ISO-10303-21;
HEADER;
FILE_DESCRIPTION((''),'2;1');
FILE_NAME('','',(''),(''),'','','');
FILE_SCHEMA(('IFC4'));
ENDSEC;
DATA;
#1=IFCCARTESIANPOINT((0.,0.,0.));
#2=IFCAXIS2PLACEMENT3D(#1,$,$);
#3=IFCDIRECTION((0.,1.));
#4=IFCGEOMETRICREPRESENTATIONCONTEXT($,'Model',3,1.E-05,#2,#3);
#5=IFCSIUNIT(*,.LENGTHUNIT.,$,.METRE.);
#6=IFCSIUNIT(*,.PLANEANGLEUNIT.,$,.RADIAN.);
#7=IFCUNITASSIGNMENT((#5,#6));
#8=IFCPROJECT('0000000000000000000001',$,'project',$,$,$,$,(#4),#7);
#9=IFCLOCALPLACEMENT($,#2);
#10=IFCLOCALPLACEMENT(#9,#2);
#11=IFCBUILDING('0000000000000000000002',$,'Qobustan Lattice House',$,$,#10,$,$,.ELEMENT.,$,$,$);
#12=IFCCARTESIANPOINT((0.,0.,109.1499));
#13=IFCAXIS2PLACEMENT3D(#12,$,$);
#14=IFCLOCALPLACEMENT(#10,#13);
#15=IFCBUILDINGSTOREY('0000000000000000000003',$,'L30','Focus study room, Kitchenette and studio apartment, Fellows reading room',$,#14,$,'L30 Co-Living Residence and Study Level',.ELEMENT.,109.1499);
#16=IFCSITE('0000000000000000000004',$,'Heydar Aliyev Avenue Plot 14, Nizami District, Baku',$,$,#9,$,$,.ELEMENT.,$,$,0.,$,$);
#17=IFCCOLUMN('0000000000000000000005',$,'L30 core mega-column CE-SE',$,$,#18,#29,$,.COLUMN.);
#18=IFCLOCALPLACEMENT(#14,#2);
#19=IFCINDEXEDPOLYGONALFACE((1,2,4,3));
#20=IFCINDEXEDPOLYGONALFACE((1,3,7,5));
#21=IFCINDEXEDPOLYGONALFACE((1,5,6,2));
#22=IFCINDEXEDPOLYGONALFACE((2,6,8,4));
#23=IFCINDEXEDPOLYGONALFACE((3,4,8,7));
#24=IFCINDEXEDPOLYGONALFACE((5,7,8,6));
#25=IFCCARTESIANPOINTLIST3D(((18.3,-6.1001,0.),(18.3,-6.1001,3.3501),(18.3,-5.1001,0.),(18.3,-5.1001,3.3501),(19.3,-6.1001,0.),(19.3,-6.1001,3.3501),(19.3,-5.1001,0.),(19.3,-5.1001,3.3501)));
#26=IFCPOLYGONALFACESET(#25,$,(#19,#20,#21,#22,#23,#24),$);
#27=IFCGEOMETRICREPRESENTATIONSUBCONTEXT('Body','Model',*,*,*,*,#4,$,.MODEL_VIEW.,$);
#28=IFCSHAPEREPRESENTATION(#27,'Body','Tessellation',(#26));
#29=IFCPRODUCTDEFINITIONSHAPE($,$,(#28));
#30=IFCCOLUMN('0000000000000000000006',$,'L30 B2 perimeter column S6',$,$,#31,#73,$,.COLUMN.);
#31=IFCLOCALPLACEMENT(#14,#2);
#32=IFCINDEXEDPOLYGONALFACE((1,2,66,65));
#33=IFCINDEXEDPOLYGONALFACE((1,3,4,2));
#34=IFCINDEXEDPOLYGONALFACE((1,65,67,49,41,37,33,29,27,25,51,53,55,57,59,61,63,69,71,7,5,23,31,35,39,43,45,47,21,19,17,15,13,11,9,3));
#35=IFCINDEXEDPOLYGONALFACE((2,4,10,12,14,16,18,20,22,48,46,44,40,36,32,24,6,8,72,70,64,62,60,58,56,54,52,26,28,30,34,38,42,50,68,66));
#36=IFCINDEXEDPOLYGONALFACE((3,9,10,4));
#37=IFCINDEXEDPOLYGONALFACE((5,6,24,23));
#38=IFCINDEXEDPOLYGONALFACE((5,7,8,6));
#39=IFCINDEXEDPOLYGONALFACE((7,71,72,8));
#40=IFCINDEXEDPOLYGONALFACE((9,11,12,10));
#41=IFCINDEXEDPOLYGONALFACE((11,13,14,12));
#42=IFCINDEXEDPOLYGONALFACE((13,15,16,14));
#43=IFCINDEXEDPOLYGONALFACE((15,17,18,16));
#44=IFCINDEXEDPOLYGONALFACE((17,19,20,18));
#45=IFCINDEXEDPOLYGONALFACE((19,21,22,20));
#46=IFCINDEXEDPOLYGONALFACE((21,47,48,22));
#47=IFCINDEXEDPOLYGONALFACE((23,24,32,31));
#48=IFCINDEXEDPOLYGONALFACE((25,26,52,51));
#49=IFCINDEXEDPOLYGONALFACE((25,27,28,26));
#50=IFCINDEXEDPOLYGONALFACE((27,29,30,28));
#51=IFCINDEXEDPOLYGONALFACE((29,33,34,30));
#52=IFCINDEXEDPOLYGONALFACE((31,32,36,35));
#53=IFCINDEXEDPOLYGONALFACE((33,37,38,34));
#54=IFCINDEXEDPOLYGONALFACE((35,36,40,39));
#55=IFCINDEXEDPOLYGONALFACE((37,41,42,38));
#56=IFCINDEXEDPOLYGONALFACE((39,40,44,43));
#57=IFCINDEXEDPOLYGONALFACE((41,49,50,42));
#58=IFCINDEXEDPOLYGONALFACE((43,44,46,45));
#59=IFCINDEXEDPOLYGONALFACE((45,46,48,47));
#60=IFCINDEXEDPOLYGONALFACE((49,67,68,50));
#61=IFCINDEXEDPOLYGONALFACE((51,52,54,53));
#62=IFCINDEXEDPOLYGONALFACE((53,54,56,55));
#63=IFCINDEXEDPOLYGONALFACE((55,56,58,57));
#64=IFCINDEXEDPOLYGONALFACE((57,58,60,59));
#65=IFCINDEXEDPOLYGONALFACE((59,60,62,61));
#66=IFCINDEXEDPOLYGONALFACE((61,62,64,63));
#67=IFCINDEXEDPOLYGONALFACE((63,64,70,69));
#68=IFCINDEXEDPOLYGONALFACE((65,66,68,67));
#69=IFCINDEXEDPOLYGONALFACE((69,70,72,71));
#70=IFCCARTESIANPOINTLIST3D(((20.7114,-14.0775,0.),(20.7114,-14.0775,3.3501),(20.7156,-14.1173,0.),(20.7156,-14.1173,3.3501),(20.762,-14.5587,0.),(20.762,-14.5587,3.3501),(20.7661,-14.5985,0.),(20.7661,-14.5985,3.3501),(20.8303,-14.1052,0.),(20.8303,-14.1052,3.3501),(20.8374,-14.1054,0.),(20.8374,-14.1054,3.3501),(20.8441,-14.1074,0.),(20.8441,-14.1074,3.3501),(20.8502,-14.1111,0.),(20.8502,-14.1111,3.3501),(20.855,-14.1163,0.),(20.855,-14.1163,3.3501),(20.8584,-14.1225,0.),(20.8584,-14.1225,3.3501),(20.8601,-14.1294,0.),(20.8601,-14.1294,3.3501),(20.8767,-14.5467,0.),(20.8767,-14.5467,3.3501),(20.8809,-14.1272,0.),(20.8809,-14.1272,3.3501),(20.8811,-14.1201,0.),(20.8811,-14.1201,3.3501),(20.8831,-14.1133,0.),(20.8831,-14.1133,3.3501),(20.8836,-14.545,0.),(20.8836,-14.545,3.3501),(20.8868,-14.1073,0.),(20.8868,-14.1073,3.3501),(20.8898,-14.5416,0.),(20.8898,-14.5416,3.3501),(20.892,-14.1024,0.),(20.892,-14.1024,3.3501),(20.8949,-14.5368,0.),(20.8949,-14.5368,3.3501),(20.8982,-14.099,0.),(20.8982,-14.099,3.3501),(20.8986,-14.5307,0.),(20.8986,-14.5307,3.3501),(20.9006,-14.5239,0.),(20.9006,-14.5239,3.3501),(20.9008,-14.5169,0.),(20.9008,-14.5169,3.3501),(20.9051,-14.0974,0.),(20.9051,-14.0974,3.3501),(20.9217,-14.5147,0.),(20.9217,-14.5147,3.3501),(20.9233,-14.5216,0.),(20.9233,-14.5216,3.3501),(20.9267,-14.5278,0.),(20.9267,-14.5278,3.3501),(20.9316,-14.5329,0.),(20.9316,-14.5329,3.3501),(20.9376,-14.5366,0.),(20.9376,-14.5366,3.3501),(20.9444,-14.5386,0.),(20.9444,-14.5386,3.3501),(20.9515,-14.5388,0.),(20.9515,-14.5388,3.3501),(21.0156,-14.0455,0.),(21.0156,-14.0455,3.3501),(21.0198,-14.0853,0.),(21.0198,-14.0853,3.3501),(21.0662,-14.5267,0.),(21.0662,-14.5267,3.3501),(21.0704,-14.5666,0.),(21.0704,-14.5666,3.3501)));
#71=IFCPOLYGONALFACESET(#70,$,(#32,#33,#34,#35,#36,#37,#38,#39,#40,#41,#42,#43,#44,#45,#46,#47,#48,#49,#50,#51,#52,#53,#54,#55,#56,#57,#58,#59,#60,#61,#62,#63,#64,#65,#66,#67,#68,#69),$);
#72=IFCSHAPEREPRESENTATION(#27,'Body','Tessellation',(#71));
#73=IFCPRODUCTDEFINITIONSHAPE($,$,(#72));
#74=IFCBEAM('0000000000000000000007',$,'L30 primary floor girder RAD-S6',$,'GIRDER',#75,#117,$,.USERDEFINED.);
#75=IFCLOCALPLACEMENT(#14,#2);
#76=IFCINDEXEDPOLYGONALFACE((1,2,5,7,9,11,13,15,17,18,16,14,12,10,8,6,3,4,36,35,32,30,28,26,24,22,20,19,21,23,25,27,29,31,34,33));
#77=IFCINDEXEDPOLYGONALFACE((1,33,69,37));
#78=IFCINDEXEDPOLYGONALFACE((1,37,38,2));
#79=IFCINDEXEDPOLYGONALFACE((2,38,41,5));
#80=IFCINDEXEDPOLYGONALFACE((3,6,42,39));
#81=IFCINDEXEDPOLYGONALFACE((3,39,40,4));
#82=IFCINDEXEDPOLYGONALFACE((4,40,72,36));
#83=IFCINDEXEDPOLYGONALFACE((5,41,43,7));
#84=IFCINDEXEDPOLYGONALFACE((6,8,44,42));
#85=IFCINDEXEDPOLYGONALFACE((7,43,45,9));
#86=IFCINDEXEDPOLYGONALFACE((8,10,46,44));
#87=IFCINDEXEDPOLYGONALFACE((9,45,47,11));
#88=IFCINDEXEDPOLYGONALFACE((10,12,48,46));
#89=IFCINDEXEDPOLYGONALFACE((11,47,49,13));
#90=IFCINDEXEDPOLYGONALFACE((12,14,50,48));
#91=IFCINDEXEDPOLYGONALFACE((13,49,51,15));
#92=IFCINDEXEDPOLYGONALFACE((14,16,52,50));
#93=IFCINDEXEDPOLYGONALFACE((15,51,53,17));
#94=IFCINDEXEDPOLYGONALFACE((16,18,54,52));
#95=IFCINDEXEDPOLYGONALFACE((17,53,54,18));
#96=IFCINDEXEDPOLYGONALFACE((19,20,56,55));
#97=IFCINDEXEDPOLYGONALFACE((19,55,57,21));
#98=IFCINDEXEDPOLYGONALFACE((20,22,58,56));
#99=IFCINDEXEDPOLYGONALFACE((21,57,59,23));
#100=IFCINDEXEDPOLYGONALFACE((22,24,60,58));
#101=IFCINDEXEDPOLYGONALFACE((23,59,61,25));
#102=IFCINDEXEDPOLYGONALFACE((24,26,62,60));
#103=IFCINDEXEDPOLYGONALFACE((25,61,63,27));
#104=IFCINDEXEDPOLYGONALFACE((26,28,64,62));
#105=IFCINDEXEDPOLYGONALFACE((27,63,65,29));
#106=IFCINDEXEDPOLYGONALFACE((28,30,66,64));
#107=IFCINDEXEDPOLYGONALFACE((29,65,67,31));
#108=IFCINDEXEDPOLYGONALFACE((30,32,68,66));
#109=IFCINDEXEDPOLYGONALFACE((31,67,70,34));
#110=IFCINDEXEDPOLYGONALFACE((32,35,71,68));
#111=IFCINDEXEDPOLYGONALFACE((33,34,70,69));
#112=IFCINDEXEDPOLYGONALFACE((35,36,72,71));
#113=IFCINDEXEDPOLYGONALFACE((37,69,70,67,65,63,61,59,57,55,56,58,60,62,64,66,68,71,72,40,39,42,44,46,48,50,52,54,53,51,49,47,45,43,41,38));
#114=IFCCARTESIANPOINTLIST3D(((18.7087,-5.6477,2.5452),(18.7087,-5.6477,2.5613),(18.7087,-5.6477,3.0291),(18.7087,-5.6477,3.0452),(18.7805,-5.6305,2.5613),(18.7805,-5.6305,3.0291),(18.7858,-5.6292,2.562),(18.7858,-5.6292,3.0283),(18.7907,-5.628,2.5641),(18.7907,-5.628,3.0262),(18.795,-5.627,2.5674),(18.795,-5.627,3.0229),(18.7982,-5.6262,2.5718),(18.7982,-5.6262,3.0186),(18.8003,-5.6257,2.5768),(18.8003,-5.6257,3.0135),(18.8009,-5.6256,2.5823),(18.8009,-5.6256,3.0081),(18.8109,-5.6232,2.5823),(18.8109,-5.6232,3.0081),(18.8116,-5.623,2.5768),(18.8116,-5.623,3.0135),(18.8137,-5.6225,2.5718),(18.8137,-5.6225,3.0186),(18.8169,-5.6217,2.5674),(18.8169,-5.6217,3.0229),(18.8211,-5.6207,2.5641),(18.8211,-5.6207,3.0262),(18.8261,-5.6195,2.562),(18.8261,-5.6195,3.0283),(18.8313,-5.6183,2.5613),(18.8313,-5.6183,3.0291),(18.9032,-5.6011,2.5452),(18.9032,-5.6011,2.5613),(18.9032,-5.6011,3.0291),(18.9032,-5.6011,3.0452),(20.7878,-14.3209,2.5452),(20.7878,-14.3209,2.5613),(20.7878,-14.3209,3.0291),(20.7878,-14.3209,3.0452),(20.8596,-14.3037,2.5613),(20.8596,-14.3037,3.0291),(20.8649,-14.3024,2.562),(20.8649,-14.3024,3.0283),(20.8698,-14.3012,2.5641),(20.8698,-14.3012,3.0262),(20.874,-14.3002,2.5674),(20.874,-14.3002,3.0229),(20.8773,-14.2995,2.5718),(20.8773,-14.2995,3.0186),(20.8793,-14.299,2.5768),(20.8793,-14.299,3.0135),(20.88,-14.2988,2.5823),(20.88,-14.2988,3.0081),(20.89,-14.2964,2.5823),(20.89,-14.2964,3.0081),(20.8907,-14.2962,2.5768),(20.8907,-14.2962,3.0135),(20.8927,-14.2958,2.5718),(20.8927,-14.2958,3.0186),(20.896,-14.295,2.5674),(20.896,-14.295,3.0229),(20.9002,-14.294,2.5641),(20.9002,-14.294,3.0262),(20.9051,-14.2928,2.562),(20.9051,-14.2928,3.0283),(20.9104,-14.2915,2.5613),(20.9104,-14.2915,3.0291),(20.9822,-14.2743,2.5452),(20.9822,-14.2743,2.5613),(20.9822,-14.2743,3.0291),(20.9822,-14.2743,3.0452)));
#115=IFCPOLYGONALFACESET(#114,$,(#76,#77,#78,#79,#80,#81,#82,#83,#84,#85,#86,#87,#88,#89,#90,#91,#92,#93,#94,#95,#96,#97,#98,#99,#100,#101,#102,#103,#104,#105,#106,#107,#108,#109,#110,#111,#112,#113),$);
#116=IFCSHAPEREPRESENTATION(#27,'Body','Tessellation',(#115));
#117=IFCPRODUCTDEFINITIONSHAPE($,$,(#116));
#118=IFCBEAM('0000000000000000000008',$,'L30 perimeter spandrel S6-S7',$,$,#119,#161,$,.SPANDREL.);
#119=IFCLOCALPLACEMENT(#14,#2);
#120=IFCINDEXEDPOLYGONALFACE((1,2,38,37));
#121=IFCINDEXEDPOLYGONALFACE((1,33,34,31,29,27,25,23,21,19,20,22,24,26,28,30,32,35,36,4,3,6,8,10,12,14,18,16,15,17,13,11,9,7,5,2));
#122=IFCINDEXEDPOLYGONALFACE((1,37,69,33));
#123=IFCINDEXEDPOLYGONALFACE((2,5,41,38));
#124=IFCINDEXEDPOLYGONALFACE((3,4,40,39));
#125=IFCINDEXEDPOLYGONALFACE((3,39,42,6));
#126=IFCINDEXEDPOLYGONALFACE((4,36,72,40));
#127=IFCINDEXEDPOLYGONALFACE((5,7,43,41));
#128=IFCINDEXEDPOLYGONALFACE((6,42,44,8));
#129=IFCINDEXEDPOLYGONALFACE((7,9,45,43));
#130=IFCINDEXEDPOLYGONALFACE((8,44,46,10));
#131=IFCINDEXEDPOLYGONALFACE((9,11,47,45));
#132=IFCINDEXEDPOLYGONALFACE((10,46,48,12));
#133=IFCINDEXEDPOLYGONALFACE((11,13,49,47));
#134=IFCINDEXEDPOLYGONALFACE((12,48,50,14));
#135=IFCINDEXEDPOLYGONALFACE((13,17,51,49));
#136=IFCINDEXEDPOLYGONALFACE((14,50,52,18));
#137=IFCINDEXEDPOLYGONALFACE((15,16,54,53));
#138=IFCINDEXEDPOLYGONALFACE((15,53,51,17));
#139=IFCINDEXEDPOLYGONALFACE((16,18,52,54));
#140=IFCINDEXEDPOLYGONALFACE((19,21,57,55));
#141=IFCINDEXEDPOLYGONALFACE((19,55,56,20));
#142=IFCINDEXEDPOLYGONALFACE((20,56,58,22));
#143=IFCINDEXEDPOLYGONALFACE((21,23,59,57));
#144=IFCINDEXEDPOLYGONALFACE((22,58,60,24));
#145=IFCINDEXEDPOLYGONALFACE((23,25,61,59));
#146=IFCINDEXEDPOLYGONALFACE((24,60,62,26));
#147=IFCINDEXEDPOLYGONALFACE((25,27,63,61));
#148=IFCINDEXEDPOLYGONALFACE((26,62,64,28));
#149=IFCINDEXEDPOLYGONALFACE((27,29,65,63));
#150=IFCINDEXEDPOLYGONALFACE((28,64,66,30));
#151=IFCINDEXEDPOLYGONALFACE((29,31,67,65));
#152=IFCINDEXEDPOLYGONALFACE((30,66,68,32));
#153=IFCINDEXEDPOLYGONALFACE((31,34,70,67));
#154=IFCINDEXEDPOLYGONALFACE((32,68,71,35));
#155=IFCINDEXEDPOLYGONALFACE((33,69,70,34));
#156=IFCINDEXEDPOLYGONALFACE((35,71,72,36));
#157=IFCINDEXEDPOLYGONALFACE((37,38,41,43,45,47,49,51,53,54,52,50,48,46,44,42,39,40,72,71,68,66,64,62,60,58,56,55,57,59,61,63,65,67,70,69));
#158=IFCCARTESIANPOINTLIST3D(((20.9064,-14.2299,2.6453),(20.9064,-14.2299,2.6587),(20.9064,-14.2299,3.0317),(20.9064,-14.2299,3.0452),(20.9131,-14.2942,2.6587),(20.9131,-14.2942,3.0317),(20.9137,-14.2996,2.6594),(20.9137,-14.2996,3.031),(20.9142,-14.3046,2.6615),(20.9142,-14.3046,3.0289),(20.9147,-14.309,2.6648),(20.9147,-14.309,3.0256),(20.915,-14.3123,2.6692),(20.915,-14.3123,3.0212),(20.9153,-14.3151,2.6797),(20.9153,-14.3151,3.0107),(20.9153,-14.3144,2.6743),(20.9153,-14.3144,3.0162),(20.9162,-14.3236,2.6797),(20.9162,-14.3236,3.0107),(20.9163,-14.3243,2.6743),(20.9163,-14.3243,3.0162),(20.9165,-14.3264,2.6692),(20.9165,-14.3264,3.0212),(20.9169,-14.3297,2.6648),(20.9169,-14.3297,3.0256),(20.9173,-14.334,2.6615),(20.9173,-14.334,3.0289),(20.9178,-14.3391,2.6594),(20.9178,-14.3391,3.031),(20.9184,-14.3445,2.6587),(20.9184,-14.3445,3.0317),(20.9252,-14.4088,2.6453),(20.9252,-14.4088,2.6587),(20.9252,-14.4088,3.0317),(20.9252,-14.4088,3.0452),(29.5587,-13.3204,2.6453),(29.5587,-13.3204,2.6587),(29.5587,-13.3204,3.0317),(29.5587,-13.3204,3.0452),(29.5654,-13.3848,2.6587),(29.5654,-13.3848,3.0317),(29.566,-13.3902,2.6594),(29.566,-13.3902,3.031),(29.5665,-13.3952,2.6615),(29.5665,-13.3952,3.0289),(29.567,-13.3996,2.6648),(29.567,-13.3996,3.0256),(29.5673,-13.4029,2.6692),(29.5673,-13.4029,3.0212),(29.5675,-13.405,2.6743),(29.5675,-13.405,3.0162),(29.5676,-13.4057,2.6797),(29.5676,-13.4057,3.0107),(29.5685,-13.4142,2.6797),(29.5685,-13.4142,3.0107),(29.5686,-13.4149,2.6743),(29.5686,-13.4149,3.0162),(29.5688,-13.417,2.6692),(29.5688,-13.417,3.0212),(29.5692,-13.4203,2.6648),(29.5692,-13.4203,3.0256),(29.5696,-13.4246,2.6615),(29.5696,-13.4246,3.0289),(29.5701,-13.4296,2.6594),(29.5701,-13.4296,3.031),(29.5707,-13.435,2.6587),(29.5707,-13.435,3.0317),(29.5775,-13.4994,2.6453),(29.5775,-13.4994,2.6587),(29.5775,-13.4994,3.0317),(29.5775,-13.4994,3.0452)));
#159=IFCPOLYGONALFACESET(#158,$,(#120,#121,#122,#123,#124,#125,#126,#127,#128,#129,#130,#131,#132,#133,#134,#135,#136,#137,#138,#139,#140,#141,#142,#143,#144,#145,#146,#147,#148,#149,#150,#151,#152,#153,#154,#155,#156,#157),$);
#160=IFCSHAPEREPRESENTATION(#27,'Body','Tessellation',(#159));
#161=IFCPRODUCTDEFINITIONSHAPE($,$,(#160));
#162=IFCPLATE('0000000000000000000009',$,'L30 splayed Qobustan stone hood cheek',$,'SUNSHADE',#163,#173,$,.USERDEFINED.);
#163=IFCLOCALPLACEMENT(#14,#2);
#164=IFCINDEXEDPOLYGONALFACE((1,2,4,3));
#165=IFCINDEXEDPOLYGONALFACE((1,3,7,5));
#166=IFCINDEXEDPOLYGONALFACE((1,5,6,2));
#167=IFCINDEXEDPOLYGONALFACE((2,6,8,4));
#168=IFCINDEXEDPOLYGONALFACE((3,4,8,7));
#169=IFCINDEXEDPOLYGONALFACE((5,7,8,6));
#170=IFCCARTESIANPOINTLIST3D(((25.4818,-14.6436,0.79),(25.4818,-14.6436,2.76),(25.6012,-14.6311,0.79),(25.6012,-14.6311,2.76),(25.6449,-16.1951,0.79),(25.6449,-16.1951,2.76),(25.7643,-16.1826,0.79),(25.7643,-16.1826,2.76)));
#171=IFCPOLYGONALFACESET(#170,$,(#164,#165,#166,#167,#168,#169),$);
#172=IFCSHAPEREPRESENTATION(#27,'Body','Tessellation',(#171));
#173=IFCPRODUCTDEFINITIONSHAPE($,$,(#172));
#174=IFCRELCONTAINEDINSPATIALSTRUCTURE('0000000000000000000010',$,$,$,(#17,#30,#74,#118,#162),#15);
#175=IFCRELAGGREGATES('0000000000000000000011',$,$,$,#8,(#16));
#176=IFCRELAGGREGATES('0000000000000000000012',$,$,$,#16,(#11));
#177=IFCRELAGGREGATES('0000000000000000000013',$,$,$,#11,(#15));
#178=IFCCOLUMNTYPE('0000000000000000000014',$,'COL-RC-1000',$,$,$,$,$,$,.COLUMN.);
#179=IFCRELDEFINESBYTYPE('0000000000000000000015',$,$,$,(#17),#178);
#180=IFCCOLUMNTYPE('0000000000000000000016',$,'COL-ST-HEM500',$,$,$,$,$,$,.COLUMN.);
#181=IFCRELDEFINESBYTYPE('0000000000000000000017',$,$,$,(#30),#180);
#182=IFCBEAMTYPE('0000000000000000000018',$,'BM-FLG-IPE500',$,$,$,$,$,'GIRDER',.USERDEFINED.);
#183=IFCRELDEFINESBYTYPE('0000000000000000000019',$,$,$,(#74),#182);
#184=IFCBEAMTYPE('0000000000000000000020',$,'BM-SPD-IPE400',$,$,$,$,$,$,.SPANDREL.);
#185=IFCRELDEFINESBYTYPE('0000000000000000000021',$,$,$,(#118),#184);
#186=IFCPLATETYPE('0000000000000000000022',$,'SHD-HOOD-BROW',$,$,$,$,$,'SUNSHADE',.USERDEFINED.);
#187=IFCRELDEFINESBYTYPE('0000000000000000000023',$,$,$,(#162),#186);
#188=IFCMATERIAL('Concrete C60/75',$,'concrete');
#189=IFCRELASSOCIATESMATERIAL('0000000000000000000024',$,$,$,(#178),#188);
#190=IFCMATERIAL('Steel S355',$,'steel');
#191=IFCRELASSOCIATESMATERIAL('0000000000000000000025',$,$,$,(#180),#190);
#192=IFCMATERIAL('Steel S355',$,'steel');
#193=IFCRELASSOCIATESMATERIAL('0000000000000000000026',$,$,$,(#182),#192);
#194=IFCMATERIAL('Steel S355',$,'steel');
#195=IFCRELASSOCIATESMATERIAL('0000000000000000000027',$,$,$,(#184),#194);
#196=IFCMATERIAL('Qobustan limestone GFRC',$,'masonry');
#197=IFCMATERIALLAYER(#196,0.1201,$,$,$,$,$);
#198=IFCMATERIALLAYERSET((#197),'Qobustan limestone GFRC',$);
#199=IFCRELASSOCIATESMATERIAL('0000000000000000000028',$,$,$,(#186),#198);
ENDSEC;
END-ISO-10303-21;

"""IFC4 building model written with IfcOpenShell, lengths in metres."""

from ifc_helpers import new_model, si_unit, direction, frame, origin, origin_2d, place, context, subcontext, project, spatial, rectangle, i_section, extrude, material, layer, layer_set, material_profile, profile_set, type_object, element, save


model = new_model("IFC4")

# Units and contexts
model_context = context("Model", 3, precision=1e-05, world=origin(), true_north=direction((0.0, 1.0)))
body_context = subcontext(model_context, "Body", "Model", "MODEL_VIEW")
ifc_project = project(units=[si_unit("LENGTHUNIT", "METRE"), si_unit("PLANEANGLEUNIT", "RADIAN")], contexts=[model_context])

# Site, building, storey
site_placement = place(None, origin())
site = spatial("IfcSite", under=ifc_project, at=site_placement, Name="Heydar Aliyev Avenue Plot 14, Nizami District, Baku", CompositionType="ELEMENT", RefElevation=0.0)
building_placement = place(site_placement, origin())
building = spatial("IfcBuilding", under=site, at=building_placement, Name="Qobustan Lattice House", CompositionType="ELEMENT")
storey_placement = place(building_placement, frame((0.0, 0.0, 109.1499)))
storey = spatial("IfcBuildingStorey", under=building, at=storey_placement, Name="L30", Description="Focus study room, Kitchenette and studio apartment, Fellows reading room", LongName="L30 Co-Living Residence and Study Level", CompositionType="ELEMENT", Elevation=109.1499)

# Columns
ifc_material_1 = material(Name="Concrete C60/75", Category="concrete")
ifc_material_profile_1 = material_profile(ifc_material_1, rectangle(XDim=1.0, YDim=1.0, at=origin_2d()), Name="RC1000x1000")
ifc_profile_set_1 = profile_set([ifc_material_profile_1], Name="Concrete C60/75")
column_type_1 = type_object("IfcColumnType", Name="COL-RC-1000", PredefinedType="COLUMN", material=ifc_profile_set_1)
column_1_placement = place(storey_placement, frame((18.8, -5.6001, 0.0), z_axis=(0.0, 0.0, 1.0), x_axis=(1.0, 0.0, 0.0)))
element("IfcColumn", 1, at=column_1_placement, inside=storey, type_object=column_type_1, Name="L30 core mega-column CE-SE", PredefinedType="COLUMN", context=body_context, shape_type="SweptSolid", body=[
    extrude(rectangle(XDim=1.0, YDim=1.0, at=origin_2d()), origin(), (0.0, 0.0, 1.0), 3.3501),
])
ifc_material_2 = material(Name="Steel S355", Category="steel")
ifc_material_profile_2 = material_profile(ifc_material_2, i_section(OverallWidth=0.3059, OverallDepth=0.5239, WebThickness=0.021, FlangeThickness=0.04, FilletRadius=0.0271, at=origin_2d()), Name="HEM500")
ifc_profile_set_2 = profile_set([ifc_material_profile_2], Name="Steel S355")
column_type_2 = type_object("IfcColumnType", Name="COL-ST-HEM500", PredefinedType="COLUMN", material=ifc_profile_set_2)
column_2_placement = place(storey_placement, frame((20.8909, -14.322, 0.0), z_axis=(0.0, 0.0, 1.0), x_axis=(0.994522, 0.104528, 0.0)))
element("IfcColumn", 2, at=column_2_placement, inside=storey, type_object=column_type_2, Name="L30 B2 perimeter column S6", PredefinedType="COLUMN", context=body_context, shape_type="SweptSolid", body=[
    extrude(i_section(OverallWidth=0.3059, OverallDepth=0.5239, WebThickness=0.021, FlangeThickness=0.04, FilletRadius=0.0271, at=origin_2d()), origin(), (0.0, 0.0, 1.0), 3.3501),
])

# Beams
ifc_material_3 = material(Name="Steel S355", Category="steel")
ifc_material_profile_3 = material_profile(ifc_material_3, i_section(OverallWidth=0.2, OverallDepth=0.5, WebThickness=0.0103, FlangeThickness=0.0161, FilletRadius=0.021, at=origin_2d()), Name="IPE500")
ifc_profile_set_3 = profile_set([ifc_material_profile_3], Name="Steel S355")
beam_type_1 = type_object("IfcBeamType", Name="BM-FLG-IPE500", ElementType="GIRDER", PredefinedType="USERDEFINED", material=ifc_profile_set_3)
beam_1_placement = place(storey_placement, frame((20.885, -14.2976, 2.7952), z_axis=(-0.233108, 0.972451, 0.0), x_axis=(-0.972451, -0.233108, 0.0)))
element("IfcBeam", 3, at=beam_1_placement, inside=storey, type_object=beam_type_1, Name="L30 primary floor girder RAD-S6", ObjectType="GIRDER", PredefinedType="USERDEFINED", context=body_context, shape_type="SweptSolid", body=[
    extrude(i_section(OverallWidth=0.2, OverallDepth=0.5, WebThickness=0.0103, FlangeThickness=0.0161, FilletRadius=0.021, at=origin_2d()), origin(), (0.0, 0.0, 1.0), 8.9189),
])
ifc_material_4 = material(Name="Steel S355", Category="steel")
ifc_material_profile_4 = material_profile(ifc_material_4, i_section(OverallWidth=0.1799, OverallDepth=0.3999, WebThickness=0.0085, FlangeThickness=0.0134, FilletRadius=0.021, at=origin_2d()), Name="IPE400")
ifc_profile_set_4 = profile_set([ifc_material_profile_4], Name="Steel S355")
beam_type_2 = type_object("IfcBeamType", Name="BM-SPD-IPE400", PredefinedType="SPANDREL", material=ifc_profile_set_4)
beam_2_placement = place(storey_placement, frame((20.9158, -14.3193, 2.8452), z_axis=(0.994522, 0.104531, 0.0), x_axis=(-0.104531, 0.994522, 0.0)))
element("IfcBeam", 4, at=beam_2_placement, inside=storey, type_object=beam_type_2, Name="L30 perimeter spandrel S6-S7", PredefinedType="SPANDREL", context=body_context, shape_type="SweptSolid", body=[
    extrude(i_section(OverallWidth=0.1799, OverallDepth=0.3999, WebThickness=0.0085, FlangeThickness=0.0134, FilletRadius=0.021, at=origin_2d()), origin(), (0.0, 0.0, 1.0), 8.7),
])

# Plate
ifc_material_5 = material(Name="Qobustan limestone GFRC", Category="masonry")
ifc_layer_1 = layer(ifc_material_5, 0.1201)
ifc_layer_set_1 = layer_set([ifc_layer_1], Name="Qobustan limestone GFRC")
plate_type = type_object("IfcPlateType", Name="SHD-HOOD-BROW", ElementType="SUNSHADE", PredefinedType="USERDEFINED", material=ifc_layer_set_1)
plate_placement = place(storey_placement, frame((25.623, -15.4131, 0.79), z_axis=(0.0, 0.0, 1.0), x_axis=(-0.994522, -0.104528, 0.0)))
element("IfcPlate", 5, at=plate_placement, inside=storey, type_object=plate_type, Name="L30 splayed Qobustan stone hood cheek", ObjectType="SUNSHADE", PredefinedType="USERDEFINED", context=body_context, shape_type="SweptSolid", body=[
    extrude(rectangle(XDim=0.1201, YDim=1.5601, at=origin_2d()), origin(), (0.0, 0.0, 1.0), 1.97),
])

save(model, "model.ifc")
